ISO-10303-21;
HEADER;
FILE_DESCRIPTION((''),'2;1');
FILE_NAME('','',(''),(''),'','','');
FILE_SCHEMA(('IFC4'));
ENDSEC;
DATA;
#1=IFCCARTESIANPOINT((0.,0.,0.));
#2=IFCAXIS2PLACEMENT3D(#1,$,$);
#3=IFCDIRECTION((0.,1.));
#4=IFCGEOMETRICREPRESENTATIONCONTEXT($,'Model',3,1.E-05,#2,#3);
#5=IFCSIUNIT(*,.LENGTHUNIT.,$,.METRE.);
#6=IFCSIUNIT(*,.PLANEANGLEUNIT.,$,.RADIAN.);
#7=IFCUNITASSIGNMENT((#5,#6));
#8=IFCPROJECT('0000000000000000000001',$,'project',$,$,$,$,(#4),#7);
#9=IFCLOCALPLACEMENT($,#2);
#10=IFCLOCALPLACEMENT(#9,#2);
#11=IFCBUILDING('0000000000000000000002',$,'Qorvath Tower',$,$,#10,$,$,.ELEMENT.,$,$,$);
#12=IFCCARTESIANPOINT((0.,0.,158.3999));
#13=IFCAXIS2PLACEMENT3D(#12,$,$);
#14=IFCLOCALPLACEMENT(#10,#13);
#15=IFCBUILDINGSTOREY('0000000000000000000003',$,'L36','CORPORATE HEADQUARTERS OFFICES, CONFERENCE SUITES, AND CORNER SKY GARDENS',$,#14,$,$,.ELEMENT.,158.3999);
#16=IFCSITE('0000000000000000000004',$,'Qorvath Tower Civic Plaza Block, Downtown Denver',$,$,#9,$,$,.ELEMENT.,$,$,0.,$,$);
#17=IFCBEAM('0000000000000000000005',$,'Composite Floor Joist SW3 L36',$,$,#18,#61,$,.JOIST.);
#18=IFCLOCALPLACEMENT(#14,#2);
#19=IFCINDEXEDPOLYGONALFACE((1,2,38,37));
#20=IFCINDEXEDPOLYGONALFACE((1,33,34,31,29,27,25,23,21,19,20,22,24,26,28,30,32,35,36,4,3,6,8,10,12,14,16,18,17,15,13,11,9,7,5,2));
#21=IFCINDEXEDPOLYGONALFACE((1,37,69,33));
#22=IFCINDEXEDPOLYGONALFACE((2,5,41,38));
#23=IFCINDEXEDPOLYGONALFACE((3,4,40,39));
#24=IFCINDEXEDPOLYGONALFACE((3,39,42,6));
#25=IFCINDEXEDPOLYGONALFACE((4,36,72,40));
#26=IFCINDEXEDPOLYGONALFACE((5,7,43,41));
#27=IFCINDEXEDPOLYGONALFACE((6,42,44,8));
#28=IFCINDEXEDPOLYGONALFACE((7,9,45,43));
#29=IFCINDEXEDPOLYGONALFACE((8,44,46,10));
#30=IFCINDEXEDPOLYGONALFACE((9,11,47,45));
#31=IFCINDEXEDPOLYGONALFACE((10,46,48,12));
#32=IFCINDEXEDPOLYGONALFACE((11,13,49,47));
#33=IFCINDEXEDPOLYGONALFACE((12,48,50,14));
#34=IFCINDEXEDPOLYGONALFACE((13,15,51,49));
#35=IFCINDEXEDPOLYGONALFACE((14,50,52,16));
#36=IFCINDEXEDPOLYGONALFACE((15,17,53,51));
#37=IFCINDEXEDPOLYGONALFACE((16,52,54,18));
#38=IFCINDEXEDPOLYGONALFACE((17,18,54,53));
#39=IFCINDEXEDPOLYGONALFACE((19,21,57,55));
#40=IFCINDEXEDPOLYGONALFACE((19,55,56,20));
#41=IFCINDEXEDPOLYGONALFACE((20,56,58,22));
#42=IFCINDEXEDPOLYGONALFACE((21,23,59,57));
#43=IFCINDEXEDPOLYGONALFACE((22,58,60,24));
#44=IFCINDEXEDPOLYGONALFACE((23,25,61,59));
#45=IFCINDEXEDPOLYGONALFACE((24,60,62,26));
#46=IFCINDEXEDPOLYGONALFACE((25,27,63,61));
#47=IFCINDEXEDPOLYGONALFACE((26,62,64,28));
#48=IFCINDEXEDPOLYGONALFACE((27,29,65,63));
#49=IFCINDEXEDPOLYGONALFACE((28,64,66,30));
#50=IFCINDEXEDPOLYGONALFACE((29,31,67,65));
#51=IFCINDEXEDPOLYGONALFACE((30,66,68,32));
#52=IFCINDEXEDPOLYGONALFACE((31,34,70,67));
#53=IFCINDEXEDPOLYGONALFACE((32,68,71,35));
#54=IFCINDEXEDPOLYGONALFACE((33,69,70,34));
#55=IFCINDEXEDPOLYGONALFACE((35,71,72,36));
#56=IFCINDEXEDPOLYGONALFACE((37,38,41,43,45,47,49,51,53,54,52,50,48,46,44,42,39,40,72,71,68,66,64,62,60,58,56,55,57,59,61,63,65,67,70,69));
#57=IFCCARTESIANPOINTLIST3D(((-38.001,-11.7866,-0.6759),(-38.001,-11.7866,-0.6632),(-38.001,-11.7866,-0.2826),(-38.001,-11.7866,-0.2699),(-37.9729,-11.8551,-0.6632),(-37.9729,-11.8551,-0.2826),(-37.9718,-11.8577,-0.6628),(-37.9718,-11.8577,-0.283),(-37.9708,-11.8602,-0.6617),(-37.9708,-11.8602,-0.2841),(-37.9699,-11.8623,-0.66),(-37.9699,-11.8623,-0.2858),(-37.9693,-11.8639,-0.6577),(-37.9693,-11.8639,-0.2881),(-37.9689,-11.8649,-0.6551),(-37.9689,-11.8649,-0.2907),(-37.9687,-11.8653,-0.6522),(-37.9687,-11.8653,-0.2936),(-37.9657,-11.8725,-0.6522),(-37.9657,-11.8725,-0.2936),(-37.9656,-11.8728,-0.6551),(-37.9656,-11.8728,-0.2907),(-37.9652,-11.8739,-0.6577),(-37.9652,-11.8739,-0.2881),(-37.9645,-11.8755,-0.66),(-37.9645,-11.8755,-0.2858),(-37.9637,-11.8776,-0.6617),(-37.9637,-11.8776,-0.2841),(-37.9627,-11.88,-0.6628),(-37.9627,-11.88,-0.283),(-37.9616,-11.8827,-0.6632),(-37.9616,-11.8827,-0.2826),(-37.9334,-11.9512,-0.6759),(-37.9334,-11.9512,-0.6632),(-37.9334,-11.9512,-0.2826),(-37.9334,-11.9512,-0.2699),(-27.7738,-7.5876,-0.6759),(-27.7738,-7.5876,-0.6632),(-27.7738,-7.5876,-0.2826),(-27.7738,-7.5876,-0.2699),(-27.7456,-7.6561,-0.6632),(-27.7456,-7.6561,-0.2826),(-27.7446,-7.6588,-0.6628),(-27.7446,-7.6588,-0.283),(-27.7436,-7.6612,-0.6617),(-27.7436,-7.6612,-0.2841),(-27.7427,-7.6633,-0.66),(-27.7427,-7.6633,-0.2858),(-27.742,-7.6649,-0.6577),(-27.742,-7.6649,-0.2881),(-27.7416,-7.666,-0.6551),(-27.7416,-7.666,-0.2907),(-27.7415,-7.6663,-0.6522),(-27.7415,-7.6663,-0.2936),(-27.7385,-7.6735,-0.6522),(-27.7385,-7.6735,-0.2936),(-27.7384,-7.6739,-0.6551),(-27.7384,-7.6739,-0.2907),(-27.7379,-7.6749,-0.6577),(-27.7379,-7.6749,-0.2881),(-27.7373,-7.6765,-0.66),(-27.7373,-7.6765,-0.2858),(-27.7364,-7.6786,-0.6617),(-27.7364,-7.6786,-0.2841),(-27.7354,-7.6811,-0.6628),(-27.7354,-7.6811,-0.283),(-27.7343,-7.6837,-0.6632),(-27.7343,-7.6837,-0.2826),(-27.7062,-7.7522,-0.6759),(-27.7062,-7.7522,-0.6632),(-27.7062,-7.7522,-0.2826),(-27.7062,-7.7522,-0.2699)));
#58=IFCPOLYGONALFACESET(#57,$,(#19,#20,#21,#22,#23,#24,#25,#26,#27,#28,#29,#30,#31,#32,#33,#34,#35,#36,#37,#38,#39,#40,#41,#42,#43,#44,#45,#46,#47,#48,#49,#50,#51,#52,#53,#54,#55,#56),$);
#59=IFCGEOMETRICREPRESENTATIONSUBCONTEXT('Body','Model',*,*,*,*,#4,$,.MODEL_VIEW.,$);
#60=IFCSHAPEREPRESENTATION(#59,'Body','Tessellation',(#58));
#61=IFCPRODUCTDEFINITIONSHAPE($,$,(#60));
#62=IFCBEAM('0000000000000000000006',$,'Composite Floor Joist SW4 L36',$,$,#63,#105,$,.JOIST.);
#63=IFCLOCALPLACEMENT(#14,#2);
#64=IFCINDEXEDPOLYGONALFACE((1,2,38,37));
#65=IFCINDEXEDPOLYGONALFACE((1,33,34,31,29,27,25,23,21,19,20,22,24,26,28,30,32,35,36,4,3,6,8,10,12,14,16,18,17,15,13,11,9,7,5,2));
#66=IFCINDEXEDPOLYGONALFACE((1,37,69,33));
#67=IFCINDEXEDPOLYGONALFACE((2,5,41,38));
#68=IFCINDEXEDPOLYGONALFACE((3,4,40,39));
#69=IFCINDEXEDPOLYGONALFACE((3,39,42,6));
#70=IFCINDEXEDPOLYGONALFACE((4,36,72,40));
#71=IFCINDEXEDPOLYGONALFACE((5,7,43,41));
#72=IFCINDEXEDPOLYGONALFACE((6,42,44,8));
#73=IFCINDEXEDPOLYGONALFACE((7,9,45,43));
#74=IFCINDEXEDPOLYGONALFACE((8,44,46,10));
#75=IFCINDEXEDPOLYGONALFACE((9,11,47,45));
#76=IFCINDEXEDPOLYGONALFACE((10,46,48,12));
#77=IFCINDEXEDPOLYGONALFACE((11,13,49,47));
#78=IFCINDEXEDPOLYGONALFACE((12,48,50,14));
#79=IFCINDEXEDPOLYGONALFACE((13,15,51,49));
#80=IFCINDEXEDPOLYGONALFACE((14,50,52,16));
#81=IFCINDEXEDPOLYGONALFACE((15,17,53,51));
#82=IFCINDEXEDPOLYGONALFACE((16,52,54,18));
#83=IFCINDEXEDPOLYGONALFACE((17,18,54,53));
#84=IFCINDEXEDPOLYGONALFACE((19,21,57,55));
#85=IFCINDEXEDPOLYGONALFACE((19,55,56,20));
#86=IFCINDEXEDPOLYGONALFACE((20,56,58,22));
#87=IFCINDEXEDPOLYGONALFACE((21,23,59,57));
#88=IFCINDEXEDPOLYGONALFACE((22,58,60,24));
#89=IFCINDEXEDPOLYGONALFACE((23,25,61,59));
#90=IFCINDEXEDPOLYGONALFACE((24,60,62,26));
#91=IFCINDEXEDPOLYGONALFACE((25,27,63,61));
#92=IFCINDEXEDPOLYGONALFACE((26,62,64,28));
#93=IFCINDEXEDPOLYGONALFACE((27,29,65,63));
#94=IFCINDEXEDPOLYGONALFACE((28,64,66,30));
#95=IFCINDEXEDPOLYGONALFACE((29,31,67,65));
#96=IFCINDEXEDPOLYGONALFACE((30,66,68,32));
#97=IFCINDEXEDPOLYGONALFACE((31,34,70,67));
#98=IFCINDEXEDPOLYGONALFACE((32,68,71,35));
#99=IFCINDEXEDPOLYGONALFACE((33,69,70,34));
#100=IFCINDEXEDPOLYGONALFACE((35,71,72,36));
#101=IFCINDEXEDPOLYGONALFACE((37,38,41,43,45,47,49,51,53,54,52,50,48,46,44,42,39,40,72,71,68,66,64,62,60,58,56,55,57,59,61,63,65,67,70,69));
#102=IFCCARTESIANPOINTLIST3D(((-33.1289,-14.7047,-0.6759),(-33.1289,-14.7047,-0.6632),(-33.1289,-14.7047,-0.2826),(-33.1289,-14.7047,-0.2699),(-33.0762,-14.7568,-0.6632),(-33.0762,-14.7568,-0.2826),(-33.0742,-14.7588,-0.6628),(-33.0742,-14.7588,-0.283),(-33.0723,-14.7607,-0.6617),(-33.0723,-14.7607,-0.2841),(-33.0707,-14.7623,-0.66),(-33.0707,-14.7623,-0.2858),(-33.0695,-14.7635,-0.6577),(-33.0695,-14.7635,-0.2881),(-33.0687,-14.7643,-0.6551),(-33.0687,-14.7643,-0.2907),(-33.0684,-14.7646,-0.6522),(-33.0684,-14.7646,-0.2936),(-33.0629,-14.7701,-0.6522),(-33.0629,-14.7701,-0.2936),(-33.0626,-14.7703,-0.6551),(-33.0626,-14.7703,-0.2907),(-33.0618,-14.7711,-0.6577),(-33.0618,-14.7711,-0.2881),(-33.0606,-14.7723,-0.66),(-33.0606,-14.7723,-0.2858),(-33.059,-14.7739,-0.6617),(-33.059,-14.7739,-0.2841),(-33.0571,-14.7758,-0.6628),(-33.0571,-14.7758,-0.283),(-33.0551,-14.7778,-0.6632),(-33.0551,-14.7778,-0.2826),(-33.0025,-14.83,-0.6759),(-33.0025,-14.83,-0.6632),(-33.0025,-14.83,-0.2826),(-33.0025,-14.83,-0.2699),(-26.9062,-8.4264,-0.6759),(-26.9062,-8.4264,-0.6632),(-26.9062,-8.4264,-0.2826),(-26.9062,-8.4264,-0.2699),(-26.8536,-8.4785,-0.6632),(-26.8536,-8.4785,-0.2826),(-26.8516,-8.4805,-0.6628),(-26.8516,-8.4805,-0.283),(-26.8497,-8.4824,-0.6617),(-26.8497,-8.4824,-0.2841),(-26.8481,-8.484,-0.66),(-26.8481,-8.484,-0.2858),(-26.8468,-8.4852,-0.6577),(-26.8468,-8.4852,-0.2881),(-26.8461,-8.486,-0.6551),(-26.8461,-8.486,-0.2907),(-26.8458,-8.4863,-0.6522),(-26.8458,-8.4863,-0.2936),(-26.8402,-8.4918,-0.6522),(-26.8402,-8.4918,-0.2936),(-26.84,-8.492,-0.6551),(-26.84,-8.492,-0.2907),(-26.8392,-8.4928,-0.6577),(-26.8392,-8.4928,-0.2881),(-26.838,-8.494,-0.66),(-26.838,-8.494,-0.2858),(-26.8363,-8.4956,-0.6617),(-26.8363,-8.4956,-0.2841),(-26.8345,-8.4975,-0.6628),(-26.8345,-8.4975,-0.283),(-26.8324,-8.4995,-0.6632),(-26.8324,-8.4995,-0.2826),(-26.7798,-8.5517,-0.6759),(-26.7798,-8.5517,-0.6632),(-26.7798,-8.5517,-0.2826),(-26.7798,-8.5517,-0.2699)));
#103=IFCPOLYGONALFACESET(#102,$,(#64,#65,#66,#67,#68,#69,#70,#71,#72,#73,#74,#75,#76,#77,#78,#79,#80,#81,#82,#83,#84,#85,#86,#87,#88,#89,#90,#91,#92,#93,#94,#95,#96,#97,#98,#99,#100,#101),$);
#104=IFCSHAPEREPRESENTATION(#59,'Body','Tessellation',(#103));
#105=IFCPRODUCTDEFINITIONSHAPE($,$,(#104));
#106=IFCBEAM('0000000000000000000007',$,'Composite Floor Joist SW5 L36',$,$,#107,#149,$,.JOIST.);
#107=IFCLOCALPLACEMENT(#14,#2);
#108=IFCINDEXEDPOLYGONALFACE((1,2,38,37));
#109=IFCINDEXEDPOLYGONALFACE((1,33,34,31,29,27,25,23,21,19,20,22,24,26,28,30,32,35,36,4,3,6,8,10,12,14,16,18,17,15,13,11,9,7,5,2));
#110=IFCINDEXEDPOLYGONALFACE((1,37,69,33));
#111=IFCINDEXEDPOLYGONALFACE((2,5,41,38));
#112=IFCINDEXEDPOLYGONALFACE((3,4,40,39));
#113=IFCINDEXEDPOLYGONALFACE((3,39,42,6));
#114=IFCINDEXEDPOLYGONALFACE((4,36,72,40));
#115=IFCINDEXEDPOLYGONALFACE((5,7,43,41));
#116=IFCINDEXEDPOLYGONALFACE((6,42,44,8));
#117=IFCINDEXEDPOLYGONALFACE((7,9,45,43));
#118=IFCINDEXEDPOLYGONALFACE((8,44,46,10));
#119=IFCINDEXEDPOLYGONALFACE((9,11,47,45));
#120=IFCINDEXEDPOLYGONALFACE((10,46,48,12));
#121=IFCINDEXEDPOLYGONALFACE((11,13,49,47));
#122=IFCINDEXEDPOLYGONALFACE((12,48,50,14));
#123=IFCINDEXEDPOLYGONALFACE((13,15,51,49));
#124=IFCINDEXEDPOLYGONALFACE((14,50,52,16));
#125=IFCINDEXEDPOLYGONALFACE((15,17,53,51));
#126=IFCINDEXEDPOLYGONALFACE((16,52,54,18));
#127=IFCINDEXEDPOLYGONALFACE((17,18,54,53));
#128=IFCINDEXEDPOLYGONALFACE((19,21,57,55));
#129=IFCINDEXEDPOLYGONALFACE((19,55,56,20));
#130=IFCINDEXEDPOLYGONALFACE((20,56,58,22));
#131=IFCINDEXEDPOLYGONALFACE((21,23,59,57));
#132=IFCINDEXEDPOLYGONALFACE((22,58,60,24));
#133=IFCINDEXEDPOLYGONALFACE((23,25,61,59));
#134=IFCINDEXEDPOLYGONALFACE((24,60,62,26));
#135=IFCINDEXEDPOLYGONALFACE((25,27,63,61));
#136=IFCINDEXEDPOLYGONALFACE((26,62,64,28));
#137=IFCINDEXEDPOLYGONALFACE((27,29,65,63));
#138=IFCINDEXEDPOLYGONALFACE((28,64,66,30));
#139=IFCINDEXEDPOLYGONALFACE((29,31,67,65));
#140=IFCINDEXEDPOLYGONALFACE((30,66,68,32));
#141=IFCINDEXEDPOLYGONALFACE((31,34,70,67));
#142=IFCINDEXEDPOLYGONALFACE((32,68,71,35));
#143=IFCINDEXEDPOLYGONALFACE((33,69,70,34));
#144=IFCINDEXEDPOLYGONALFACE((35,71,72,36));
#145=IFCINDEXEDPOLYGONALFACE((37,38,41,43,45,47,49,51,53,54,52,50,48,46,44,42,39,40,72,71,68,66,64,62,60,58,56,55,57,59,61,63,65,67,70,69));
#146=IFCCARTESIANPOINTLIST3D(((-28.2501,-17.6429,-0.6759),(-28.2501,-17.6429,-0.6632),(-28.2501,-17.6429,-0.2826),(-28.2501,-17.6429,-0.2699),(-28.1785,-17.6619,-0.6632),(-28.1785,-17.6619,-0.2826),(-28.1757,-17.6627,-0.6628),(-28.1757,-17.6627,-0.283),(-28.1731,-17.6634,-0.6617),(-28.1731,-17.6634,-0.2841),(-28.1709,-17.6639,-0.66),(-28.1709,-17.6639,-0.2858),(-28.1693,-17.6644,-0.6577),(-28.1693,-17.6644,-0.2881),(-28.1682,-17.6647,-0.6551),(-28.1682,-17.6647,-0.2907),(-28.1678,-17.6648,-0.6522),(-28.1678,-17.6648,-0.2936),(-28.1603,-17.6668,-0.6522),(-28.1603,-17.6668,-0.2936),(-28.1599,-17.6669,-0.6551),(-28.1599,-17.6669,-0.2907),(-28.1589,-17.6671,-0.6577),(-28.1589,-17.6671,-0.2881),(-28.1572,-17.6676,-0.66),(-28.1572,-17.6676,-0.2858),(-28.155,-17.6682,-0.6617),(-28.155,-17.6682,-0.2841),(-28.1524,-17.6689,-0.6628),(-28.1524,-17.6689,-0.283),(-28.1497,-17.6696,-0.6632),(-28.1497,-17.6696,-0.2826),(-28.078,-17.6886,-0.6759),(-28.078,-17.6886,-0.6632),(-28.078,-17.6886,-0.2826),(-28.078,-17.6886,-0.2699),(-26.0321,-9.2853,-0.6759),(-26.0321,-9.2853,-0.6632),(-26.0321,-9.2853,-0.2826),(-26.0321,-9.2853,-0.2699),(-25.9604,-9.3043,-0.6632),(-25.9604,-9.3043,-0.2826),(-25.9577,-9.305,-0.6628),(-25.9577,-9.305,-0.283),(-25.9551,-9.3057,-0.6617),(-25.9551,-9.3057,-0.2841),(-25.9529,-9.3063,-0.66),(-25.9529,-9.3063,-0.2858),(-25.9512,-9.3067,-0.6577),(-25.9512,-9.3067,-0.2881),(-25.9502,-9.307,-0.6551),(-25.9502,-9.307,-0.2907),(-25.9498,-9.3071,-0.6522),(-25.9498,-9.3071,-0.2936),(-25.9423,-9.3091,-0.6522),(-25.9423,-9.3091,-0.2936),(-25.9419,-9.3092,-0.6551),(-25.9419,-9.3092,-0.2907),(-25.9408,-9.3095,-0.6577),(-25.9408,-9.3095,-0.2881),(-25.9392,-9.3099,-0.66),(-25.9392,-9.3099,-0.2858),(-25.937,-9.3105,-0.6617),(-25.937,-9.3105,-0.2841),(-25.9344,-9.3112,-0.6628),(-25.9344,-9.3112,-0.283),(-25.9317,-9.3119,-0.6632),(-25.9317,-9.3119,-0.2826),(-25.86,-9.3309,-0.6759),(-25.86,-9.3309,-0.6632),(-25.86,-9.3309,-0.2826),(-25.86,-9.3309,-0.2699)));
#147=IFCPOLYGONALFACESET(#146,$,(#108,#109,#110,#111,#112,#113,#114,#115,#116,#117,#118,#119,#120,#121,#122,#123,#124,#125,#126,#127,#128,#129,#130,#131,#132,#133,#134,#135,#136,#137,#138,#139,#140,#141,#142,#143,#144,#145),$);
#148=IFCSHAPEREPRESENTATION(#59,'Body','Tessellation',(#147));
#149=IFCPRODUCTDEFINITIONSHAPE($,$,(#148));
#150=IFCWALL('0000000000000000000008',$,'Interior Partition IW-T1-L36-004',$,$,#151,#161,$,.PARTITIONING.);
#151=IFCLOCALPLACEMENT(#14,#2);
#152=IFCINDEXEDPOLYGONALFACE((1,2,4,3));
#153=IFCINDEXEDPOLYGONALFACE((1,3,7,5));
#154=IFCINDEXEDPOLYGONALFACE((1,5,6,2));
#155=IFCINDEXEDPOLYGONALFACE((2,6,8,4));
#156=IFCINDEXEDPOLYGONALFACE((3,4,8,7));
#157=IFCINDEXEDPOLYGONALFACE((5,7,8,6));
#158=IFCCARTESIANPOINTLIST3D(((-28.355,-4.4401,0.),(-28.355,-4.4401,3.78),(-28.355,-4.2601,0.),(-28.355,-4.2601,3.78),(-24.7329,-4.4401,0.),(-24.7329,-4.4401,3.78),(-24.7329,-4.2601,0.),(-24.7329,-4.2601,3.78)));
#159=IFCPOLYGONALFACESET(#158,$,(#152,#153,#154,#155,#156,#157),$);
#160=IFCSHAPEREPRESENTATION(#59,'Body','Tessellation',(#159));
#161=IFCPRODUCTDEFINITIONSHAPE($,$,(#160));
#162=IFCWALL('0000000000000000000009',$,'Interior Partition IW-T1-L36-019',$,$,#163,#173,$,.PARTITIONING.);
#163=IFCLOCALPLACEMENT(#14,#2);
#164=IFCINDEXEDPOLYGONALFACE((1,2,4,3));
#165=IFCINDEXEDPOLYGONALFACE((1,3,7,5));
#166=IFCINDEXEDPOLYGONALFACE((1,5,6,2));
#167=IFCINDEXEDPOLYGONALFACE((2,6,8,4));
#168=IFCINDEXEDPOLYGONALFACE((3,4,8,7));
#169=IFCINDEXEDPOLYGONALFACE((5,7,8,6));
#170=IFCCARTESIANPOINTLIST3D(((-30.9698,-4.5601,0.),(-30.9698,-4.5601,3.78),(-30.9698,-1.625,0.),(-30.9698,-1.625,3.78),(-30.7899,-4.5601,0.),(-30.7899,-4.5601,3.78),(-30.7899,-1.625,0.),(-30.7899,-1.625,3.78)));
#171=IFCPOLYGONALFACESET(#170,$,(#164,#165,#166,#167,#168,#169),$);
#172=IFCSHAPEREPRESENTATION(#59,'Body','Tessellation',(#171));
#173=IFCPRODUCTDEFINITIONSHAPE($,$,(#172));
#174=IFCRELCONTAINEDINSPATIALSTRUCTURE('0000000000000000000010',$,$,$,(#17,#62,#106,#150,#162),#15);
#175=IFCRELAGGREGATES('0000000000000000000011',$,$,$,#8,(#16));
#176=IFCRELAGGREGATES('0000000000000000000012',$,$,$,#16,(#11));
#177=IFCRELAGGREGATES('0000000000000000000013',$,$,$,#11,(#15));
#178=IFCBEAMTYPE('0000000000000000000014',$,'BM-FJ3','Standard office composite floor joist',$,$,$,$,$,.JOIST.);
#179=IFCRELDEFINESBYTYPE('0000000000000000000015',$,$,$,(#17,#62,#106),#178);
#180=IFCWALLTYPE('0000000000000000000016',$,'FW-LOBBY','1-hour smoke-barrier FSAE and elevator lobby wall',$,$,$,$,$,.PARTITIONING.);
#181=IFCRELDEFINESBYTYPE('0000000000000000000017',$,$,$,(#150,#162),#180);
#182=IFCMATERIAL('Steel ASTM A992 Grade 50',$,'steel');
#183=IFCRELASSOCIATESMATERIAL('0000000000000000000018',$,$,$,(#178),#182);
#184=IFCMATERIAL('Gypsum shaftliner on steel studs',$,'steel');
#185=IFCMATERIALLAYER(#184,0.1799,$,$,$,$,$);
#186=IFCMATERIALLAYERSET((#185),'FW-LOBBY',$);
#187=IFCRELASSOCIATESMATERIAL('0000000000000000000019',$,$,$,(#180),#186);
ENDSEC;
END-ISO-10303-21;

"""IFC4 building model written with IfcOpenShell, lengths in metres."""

from ifc_helpers import new_model, si_unit, direction, frame, frame_2d, origin, origin_2d, place, context, subcontext, project, spatial, rectangle, i_section, extrude, material, layer, layer_set, material_profile, profile_set, type_object, element, save


model = new_model("IFC4")

# Units and contexts
model_context = context("Model", 3, precision=1e-05, world=origin(), true_north=direction((0.0, 1.0)))
body_context = subcontext(model_context, "Body", "Model", "MODEL_VIEW")
ifc_project = project(units=[si_unit("LENGTHUNIT", "METRE"), si_unit("PLANEANGLEUNIT", "RADIAN")], contexts=[model_context])

# Site, building, storey
site_placement = place(None, origin())
site = spatial("IfcSite", under=ifc_project, at=site_placement, Name="Qorvath Tower Civic Plaza Block, Downtown Denver", CompositionType="ELEMENT", RefElevation=0.0)
building_placement = place(site_placement, origin())
building = spatial("IfcBuilding", under=site, at=building_placement, Name="Qorvath Tower", CompositionType="ELEMENT")
storey_placement = place(building_placement, frame((0.0, 0.0, 158.3999)))
storey = spatial("IfcBuildingStorey", under=building, at=storey_placement, Name="L36", Description="CORPORATE HEADQUARTERS OFFICES, CONFERENCE SUITES, AND CORNER SKY GARDENS", CompositionType="ELEMENT", Elevation=158.3999)

# Beams
ifc_material_1 = material(Name="Steel ASTM A992 Grade 50", Category="steel")
ifc_material_profile_1 = material_profile(ifc_material_1, i_section(OverallWidth=0.178, OverallDepth=0.406, WebThickness=0.0078, FlangeThickness=0.0127, FilletRadius=0.011, at=origin_2d()), Name="W16x40")
ifc_profile_set_1 = profile_set([ifc_material_profile_1], Name="Steel ASTM A992 Grade 50")
beam_type_1 = type_object("IfcBeamType", Name="BM-FJ3", Description="Standard office composite floor joist", PredefinedType="JOIST", material=ifc_profile_set_1)
beam_1_placement = place(storey_placement, frame((-27.74, -7.6699, -0.4729), z_axis=(-0.925068, -0.379801, 0.0), x_axis=(0.379801, -0.925068, 0.0)))
element("IfcBeam", 1, at=beam_1_placement, inside=storey, type_object=beam_type_1, Name="Composite Floor Joist SW3 L36", PredefinedType="JOIST", context=body_context, shape_type="SweptSolid", body=[
    extrude(i_section(OverallWidth=0.178, OverallDepth=0.406, WebThickness=0.0078, FlangeThickness=0.0127, FilletRadius=0.011, at=origin_2d()), origin(), (0.0, 0.0, 1.0), 11.0557),
])
beam_2_placement = place(storey_placement, frame((-26.843, -8.489, -0.4729), z_axis=(-0.703951, -0.710248, 0.0), x_axis=(0.710248, -0.703951, 0.0)))
element("IfcBeam", 2, at=beam_2_placement, inside=storey, type_object=beam_type_1, Name="Composite Floor Joist SW4 L36", PredefinedType="JOIST", context=body_context, shape_type="SweptSolid", body=[
    extrude(i_section(OverallWidth=0.178, OverallDepth=0.406, WebThickness=0.0078, FlangeThickness=0.0127, FilletRadius=0.011, at=origin_2d()), origin(), (0.0, 0.0, 1.0), 8.8396),
])
beam_3_placement = place(storey_placement, frame((-25.946, -9.3081, -0.4729), z_axis=(-0.256508, -0.966542, 0.0), x_axis=(0.966542, -0.256508, 0.0)))
element("IfcBeam", 3, at=beam_3_placement, inside=storey, type_object=beam_type_1, Name="Composite Floor Joist SW5 L36", PredefinedType="JOIST", context=body_context, shape_type="SweptSolid", body=[
    extrude(i_section(OverallWidth=0.178, OverallDepth=0.406, WebThickness=0.0078, FlangeThickness=0.0127, FilletRadius=0.011, at=origin_2d()), origin(), (0.0, 0.0, 1.0), 8.647),
])

# Shared definitions
ifc_material_2 = material(Name="Gypsum shaftliner on steel studs", Category="steel")
ifc_layer_1 = layer(ifc_material_2, 0.1799)
ifc_layer_set_1 = layer_set([ifc_layer_1], Name="FW-LOBBY")
wall_type_1 = type_object("IfcWallType", Name="FW-LOBBY", Description="1-hour smoke-barrier FSAE and elevator lobby wall", PredefinedType="PARTITIONING", material=ifc_layer_set_1)

# Walls
wall_1_placement = place(storey_placement, frame((-24.7329, -4.3501, 0.0), z_axis=(0.0, 0.0, 1.0), x_axis=(-1.0, 0.0, 0.0)))
element("IfcWall", 4, at=wall_1_placement, inside=storey, type_object=wall_type_1, Name="Interior Partition IW-T1-L36-004", PredefinedType="PARTITIONING", context=body_context, shape_type="SweptSolid", body=[
    extrude(rectangle(XDim=3.6221, YDim=0.1799, at=frame_2d((1.811, 0.0))), origin(), (0.0, 0.0, 1.0), 3.78),
])
wall_2_placement = place(storey_placement, frame((-30.8799, -4.5601, 0.0), z_axis=(0.0, 0.0, 1.0), x_axis=(0.0, 1.0, 0.0)))
element("IfcWall", 5, at=wall_2_placement, inside=storey, type_object=wall_type_1, Name="Interior Partition IW-T1-L36-019", PredefinedType="PARTITIONING", context=body_context, shape_type="SweptSolid", body=[
    extrude(rectangle(XDim=2.9351, YDim=0.1799, at=frame_2d((1.4675, 0.0))), origin(), (0.0, 0.0, 1.0), 3.78),
])

save(model, "model.ifc")
